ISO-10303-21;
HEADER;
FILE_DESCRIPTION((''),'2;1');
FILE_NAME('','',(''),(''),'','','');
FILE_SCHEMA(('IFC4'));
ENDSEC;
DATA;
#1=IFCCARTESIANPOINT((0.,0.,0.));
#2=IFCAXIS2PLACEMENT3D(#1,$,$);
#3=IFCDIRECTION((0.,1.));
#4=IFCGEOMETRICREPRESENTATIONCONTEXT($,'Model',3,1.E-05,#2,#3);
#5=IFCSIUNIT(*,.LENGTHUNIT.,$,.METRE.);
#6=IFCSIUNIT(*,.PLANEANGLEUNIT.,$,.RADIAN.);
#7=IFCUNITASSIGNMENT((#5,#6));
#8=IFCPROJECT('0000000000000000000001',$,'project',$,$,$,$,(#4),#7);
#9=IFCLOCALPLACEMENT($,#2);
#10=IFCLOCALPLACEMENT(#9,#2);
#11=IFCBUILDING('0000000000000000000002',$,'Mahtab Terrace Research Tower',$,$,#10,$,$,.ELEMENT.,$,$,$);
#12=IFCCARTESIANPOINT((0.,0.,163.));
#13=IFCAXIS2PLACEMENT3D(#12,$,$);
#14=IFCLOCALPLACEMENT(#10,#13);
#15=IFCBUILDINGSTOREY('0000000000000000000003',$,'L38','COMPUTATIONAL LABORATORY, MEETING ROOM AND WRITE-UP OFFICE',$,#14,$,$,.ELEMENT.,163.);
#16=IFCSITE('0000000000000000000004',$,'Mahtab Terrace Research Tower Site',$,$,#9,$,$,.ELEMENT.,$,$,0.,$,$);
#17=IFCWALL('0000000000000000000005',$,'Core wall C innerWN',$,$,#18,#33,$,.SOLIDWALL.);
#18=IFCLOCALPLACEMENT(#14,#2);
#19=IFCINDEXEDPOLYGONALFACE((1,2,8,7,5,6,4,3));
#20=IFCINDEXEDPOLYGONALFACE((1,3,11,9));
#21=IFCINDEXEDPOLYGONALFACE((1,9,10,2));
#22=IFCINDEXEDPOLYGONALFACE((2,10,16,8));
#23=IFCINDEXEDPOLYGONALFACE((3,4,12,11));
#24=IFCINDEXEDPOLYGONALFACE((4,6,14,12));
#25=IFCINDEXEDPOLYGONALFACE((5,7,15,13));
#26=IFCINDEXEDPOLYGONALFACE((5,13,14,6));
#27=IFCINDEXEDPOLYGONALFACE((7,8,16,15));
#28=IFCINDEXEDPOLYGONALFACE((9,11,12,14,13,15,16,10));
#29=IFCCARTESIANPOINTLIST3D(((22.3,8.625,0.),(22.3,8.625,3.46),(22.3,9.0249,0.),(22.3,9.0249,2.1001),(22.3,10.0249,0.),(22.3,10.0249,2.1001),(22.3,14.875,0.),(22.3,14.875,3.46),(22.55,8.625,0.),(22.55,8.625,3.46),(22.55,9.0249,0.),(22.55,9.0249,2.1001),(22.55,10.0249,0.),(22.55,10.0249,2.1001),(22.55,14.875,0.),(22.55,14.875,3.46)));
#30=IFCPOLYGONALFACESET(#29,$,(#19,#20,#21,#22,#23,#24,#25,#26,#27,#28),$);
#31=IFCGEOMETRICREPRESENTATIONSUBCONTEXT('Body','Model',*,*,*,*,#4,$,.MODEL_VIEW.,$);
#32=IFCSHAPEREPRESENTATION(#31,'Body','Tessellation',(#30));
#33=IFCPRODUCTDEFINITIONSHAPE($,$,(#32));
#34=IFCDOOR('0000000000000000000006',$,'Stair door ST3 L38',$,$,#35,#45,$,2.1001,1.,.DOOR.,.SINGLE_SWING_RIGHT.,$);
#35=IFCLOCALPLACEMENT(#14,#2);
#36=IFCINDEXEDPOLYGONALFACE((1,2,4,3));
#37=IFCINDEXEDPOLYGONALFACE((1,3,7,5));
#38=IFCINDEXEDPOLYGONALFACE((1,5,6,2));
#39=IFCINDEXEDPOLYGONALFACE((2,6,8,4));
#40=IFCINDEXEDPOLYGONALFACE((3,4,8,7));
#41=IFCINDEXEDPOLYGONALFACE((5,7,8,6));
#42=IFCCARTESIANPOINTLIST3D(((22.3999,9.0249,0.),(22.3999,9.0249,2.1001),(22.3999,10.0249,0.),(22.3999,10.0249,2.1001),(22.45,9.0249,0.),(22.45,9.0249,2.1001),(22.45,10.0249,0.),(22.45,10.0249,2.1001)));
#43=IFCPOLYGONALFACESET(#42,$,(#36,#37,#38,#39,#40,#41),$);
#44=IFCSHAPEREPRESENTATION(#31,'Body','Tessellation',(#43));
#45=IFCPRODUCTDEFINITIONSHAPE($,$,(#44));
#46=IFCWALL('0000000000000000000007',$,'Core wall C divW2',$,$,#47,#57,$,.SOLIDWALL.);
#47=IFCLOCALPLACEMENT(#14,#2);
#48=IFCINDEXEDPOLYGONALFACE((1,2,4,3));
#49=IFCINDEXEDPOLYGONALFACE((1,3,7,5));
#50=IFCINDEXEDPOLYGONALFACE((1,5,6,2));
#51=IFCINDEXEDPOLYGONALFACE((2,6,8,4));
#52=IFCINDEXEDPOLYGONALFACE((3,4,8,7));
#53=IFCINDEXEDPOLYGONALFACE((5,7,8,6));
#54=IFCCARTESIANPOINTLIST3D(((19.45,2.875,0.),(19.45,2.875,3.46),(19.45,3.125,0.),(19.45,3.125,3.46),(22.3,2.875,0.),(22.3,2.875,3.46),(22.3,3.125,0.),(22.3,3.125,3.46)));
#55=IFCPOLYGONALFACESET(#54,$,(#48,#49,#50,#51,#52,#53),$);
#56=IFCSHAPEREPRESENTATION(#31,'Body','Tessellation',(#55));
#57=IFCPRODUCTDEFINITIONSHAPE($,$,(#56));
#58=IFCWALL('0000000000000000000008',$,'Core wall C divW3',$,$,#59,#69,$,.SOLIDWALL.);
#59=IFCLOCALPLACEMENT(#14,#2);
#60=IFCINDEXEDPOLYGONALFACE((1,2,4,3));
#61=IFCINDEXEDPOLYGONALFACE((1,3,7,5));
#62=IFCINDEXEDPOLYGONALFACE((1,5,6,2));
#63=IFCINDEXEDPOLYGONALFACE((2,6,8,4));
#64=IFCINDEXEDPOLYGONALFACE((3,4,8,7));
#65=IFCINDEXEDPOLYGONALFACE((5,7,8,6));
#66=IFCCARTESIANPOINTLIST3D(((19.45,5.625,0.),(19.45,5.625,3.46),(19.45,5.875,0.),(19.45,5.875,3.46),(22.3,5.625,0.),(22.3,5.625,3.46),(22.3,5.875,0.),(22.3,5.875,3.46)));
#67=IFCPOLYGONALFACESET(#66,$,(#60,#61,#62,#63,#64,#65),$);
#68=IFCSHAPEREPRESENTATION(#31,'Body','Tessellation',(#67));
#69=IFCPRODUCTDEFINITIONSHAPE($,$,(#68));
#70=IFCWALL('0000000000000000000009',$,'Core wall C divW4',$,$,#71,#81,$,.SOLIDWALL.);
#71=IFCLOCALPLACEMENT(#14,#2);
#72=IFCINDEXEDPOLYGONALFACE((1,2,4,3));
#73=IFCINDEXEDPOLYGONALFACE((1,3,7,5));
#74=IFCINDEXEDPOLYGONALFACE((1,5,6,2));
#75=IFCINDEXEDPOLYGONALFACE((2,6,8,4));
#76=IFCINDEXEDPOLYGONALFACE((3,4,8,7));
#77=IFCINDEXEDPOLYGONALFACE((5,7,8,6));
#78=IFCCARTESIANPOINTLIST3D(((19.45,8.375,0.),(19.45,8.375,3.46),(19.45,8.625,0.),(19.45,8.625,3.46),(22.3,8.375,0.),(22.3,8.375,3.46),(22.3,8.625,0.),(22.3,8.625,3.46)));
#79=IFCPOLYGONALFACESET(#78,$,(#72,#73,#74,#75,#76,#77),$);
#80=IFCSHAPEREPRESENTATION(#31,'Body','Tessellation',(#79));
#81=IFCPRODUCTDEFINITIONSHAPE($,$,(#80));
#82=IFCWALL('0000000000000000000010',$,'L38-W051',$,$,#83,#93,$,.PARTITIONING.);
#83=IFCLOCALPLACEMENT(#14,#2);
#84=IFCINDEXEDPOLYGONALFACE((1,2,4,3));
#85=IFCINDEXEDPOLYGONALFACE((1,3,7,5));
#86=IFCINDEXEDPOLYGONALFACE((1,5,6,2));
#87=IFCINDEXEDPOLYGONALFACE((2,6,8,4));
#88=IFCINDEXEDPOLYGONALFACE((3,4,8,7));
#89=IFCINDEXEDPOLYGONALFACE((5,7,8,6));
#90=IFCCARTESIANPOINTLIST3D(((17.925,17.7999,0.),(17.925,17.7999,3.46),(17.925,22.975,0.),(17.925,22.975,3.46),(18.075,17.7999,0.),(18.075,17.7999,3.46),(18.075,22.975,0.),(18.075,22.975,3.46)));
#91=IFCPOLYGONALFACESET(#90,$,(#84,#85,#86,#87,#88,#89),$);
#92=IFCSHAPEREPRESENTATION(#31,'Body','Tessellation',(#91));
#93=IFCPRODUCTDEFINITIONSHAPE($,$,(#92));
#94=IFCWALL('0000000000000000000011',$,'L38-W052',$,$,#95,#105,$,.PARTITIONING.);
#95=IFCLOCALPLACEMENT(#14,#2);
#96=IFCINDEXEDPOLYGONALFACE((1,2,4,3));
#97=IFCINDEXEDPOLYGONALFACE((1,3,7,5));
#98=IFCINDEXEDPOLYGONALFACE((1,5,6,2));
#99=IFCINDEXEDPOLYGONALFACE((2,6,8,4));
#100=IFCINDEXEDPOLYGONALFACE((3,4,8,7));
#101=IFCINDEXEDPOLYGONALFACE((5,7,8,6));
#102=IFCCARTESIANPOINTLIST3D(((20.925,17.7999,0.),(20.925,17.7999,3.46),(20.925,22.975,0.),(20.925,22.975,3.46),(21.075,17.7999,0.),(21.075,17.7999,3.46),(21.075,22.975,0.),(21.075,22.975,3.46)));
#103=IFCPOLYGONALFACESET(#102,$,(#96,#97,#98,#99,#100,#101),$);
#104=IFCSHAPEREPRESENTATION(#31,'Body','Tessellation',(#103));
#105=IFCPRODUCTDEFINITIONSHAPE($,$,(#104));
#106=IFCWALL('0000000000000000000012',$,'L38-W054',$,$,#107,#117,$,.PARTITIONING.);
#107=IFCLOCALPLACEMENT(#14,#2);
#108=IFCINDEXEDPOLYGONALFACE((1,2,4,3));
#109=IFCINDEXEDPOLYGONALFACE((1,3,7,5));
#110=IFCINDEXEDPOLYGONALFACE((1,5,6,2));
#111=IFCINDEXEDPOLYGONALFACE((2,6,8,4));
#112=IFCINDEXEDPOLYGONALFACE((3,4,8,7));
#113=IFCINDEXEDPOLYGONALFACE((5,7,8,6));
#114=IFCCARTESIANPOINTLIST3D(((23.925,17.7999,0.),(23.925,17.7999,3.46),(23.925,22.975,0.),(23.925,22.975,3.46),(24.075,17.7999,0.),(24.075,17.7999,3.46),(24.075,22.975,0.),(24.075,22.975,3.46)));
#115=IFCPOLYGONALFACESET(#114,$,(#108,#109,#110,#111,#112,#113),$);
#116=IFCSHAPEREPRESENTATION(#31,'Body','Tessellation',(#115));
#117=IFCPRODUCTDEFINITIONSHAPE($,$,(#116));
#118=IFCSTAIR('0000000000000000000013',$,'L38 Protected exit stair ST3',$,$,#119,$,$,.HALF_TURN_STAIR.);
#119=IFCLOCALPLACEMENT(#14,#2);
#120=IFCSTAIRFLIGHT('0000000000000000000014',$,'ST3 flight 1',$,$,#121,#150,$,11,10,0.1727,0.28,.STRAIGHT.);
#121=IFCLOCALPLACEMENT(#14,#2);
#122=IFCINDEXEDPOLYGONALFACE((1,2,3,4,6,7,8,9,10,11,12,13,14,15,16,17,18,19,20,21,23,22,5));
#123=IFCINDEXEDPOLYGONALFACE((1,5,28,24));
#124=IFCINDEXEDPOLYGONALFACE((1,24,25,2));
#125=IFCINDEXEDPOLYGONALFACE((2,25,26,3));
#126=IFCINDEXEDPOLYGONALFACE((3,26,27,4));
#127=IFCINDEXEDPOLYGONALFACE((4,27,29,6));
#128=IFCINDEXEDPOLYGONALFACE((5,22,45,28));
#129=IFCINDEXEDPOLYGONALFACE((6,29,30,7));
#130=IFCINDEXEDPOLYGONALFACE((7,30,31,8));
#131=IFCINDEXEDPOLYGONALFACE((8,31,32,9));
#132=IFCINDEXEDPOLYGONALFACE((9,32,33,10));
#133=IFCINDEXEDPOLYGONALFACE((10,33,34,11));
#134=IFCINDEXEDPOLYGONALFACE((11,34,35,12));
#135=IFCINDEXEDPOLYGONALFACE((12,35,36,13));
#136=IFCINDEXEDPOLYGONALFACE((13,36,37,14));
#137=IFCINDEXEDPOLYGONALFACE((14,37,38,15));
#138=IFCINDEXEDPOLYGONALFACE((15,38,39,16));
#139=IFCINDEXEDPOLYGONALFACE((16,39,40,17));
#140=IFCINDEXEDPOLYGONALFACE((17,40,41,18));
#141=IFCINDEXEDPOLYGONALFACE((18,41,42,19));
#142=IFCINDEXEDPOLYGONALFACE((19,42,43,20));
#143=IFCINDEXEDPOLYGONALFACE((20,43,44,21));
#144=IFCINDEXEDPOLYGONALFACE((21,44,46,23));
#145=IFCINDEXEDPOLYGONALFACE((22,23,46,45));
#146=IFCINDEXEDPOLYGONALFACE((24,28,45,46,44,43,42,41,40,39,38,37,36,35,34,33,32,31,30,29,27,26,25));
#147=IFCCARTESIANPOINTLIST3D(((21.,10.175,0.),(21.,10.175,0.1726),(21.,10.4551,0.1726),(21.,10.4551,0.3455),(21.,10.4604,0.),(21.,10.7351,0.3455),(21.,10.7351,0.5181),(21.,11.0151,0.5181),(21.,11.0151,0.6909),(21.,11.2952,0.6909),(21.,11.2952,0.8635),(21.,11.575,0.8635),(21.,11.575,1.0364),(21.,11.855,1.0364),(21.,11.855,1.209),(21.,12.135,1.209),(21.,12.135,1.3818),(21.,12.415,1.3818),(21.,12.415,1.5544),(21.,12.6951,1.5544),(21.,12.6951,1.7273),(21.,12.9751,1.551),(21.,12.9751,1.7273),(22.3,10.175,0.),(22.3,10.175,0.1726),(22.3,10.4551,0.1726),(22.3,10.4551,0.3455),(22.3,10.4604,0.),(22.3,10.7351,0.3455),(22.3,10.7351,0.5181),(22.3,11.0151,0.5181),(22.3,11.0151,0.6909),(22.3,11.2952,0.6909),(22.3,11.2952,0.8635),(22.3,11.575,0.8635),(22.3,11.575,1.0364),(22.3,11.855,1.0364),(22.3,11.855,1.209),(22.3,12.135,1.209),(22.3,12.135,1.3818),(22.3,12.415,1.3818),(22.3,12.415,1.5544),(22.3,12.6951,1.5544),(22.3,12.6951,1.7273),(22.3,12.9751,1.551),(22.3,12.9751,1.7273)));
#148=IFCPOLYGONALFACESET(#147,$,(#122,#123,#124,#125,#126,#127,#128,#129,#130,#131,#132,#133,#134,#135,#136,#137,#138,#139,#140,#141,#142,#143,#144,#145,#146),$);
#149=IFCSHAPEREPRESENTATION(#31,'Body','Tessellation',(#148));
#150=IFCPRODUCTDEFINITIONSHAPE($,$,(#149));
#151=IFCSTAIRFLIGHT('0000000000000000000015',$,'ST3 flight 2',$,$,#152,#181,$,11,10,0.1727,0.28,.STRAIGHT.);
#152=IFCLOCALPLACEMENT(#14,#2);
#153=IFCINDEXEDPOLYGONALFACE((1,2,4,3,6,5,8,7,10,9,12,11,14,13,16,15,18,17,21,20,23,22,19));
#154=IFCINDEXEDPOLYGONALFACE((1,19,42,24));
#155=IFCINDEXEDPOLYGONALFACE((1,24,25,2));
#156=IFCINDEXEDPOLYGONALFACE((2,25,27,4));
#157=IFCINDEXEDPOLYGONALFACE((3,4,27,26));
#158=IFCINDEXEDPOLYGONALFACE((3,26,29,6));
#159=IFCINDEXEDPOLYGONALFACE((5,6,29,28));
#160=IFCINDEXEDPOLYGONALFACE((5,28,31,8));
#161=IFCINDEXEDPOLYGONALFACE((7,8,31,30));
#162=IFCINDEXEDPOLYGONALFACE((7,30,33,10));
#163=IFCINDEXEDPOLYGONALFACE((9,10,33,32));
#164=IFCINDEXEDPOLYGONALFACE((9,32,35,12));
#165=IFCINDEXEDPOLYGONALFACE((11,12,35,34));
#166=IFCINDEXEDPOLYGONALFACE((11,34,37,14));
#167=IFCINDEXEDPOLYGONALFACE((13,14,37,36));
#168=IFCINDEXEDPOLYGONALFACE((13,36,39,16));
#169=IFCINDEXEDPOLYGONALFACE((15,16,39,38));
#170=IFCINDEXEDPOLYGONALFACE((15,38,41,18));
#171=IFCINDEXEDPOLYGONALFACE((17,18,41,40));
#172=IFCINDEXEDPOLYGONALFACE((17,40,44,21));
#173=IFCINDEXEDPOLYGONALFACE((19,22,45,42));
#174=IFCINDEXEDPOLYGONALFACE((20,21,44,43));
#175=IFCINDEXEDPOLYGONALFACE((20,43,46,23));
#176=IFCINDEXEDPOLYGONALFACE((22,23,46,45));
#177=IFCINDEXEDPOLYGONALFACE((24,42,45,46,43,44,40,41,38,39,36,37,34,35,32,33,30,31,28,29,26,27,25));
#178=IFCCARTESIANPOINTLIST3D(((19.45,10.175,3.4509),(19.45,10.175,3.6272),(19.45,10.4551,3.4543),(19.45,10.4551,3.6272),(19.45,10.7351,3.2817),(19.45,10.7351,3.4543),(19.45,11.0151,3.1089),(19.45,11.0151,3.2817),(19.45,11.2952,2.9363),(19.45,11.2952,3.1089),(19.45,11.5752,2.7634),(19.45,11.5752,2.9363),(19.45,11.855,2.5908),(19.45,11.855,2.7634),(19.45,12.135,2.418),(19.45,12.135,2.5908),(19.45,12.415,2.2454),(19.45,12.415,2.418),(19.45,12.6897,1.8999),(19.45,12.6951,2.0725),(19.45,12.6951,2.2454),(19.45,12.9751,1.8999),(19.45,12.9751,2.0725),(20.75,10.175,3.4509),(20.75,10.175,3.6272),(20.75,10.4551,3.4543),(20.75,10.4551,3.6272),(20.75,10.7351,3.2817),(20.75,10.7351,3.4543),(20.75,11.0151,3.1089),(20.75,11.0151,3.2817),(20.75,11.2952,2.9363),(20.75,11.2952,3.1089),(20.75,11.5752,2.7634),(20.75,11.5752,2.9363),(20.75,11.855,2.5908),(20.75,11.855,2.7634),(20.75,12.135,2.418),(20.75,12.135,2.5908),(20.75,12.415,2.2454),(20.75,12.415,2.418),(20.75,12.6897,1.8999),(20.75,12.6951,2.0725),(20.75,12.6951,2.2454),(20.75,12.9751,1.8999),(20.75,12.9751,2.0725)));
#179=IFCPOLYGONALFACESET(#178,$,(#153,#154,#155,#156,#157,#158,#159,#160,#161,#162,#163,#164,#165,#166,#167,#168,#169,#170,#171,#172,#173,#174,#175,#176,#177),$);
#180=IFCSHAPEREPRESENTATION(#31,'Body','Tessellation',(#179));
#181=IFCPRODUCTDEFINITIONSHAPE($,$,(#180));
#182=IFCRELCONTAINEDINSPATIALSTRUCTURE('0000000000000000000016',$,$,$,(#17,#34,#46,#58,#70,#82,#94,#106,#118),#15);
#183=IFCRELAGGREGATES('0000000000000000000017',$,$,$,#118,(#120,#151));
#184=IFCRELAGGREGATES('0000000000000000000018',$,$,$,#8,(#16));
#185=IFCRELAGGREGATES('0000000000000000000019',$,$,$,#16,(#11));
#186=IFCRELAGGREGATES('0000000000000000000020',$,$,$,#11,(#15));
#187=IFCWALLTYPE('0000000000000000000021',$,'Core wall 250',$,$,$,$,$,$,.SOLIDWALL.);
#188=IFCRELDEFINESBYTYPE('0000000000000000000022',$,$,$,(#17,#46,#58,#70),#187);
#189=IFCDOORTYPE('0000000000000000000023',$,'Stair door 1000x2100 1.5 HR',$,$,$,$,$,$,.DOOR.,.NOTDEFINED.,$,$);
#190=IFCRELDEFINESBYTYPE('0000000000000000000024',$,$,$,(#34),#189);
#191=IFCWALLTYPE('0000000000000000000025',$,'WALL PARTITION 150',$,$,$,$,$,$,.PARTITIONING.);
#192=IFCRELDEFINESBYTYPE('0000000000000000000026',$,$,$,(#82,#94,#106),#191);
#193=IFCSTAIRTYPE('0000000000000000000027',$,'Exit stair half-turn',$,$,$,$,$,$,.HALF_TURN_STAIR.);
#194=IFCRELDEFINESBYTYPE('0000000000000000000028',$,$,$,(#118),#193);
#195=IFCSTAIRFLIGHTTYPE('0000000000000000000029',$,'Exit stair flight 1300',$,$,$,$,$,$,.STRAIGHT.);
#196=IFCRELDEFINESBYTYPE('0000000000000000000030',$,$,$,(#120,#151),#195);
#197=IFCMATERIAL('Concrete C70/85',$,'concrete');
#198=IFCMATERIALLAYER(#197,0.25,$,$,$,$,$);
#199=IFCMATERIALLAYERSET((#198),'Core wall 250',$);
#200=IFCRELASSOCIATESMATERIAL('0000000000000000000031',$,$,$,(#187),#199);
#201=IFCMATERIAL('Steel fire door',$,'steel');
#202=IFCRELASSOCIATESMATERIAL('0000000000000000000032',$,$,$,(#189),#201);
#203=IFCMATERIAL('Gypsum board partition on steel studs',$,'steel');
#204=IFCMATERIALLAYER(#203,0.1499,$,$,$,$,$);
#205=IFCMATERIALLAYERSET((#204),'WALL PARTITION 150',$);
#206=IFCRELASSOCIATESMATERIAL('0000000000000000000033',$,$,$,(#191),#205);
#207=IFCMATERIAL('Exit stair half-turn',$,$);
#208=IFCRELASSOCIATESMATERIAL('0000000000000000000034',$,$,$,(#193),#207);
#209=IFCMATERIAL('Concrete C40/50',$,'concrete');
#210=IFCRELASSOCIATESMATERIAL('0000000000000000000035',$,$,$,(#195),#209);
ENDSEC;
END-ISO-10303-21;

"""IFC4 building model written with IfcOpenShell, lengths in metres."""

from ifc_helpers import new_model, si_unit, direction, frame, frame_2d, origin, place, context, subcontext, project, spatial, polyline, rectangle, outline, extrude, material, layer, layer_set, type_object, element, fill, aggregate, save


model = new_model("IFC4")

# Units and contexts
model_context = context("Model", 3, precision=1e-05, world=origin(), true_north=direction((0.0, 1.0)))
body_context = subcontext(model_context, "Body", "Model", "MODEL_VIEW")
ifc_project = project(units=[si_unit("LENGTHUNIT", "METRE"), si_unit("PLANEANGLEUNIT", "RADIAN")], contexts=[model_context])

# Site, building, storey
site_placement = place(None, origin())
site = spatial("IfcSite", under=ifc_project, at=site_placement, Name="Mahtab Terrace Research Tower Site", CompositionType="ELEMENT", RefElevation=0.0)
building_placement = place(site_placement, origin())
building = spatial("IfcBuilding", under=site, at=building_placement, Name="Mahtab Terrace Research Tower", CompositionType="ELEMENT")
storey_placement = place(building_placement, frame((0.0, 0.0, 163.0)))
storey = spatial("IfcBuildingStorey", under=building, at=storey_placement, Name="L38", Description="COMPUTATIONAL LABORATORY, MEETING ROOM AND WRITE-UP OFFICE", CompositionType="ELEMENT", Elevation=163.0)

# Shared definitions
ifc_material_1 = material(Name="Concrete C70/85", Category="concrete")

# Shared definitions
ifc_layer_1 = layer(ifc_material_1, 0.25)
ifc_layer_set_1 = layer_set([ifc_layer_1], Name="Core wall 250")
wall_type_1 = type_object("IfcWallType", Name="Core wall 250", PredefinedType="SOLIDWALL", material=ifc_layer_set_1)

# Wall, opening, door
ifc_material_2 = material(Name="Steel fire door", Category="steel")
wall_1_placement = place(storey_placement, frame((22.425, 14.875, 0.0), z_axis=(0.0, 0.0, 1.0), x_axis=(0.0, -1.0, 0.0)))
wall_1 = element("IfcWall", 1, at=wall_1_placement, inside=storey, type_object=wall_type_1, Name="Core wall C innerWN", PredefinedType="SOLIDWALL", context=body_context, shape_type="SweptSolid", body=[
    extrude(rectangle(XDim=6.25, YDim=0.25, at=frame_2d((3.125, 0.0))), origin(), (0.0, 0.0, 1.0), 3.46),
])
opening_1_placement = place(wall_1_placement, frame((4.8501, 0.0, 0.0)))
opening_1 = element("IfcOpeningElement", 2, at=opening_1_placement, cuts=wall_1, PredefinedType="OPENING", context=body_context, shape_type="SweptSolid", body=[
    extrude(rectangle(XDim=1.0, YDim=2.1001, at=frame_2d((0.5, 1.05))), frame((0.0, 0.135, 0.0), z_axis=(0.0, -1.0, 0.0), x_axis=(1.0, 0.0, 0.0)), (0.0, 0.0, 1.0), 0.27),
])
door_type_1 = type_object("IfcDoorType", Name="Stair door 1000x2100 1.5 HR", OperationType="NOTDEFINED", PredefinedType="DOOR", material=ifc_material_2)
door_1_placement = place(opening_1_placement, origin())
door_1 = element("IfcDoor", 3, at=door_1_placement, inside=storey, type_object=door_type_1, Name="Stair door ST3 L38", OperationType="SINGLE_SWING_RIGHT", OverallHeight=2.1001, OverallWidth=1.0, PredefinedType="DOOR", context=body_context, shape_type="SweptSolid", body=[
    extrude(rectangle(XDim=1.0, YDim=2.1001, at=frame_2d((0.5, 1.05))), frame((0.0, 0.0249, 0.0), z_axis=(0.0, -1.0, 0.0), x_axis=(1.0, 0.0, 0.0)), (0.0, 0.0, 1.0), 0.05),
])
fill(opening_1, door_1)

# Walls
for number, where, z_axis, x_axis, name in (
    (4, (19.45, 3.0, 0.0), (0.0, 0.0, 1.0), (1.0, 0.0, 0.0), "Core wall C divW2"),
    (5, (19.45, 5.75, 0.0), (0.0, 0.0, 1.0), (1.0, 0.0, 0.0), "Core wall C divW3"),
    (6, (19.45, 8.5, 0.0), (0.0, 0.0, 1.0), (1.0, 0.0, 0.0), "Core wall C divW4"),
):
    element("IfcWall", number, at=place(storey_placement, frame(where, z_axis=z_axis, x_axis=x_axis)), inside=storey, type_object=wall_type_1, Name=name, PredefinedType="SOLIDWALL", context=body_context, shape_type="SweptSolid", body=[
        extrude(rectangle(XDim=2.8501, YDim=0.25, at=frame_2d((1.425, 0.0))), origin(), (0.0, 0.0, 1.0), 3.46),
    ])
ifc_material_3 = material(Name="Gypsum board partition on steel studs", Category="steel")
ifc_layer_2 = layer(ifc_material_3, 0.1499)
ifc_layer_set_2 = layer_set([ifc_layer_2], Name="WALL PARTITION 150")
wall_type_2 = type_object("IfcWallType", Name="WALL PARTITION 150", PredefinedType="PARTITIONING", material=ifc_layer_set_2)
for number, where, z_axis, x_axis, name in (
    (7, (18.0, 17.8, 0.0), (0.0, 0.0, 1.0), (0.0, 1.0, 0.0), "L38-W051"),
    (8, (21.0, 17.8, 0.0), (0.0, 0.0, 1.0), (0.0, 1.0, 0.0), "L38-W052"),
    (9, (24.0, 17.8, 0.0), (0.0, 0.0, 1.0), (0.0, 1.0, 0.0), "L38-W054"),
):
    element("IfcWall", number, at=place(storey_placement, frame(where, z_axis=z_axis, x_axis=x_axis)), inside=storey, type_object=wall_type_2, Name=name, PredefinedType="PARTITIONING", context=body_context, shape_type="SweptSolid", body=[
        extrude(rectangle(XDim=5.175, YDim=0.1499, at=frame_2d((2.5874, 0.0))), origin(), (0.0, 0.0, 1.0), 3.46),
    ])

# Stair, stair flights
ifc_material_4 = material(Name="Exit stair half-turn")
stair_type = type_object("IfcStairType", Name="Exit stair half-turn", PredefinedType="HALF_TURN_STAIR", material=ifc_material_4)
stair_placement = place(storey_placement, origin())
stair = element("IfcStair", 10, at=stair_placement, inside=storey, type_object=stair_type, Name="L38 Protected exit stair ST3", PredefinedType="HALF_TURN_STAIR")
ifc_material_5 = material(Name="Concrete C40/50", Category="concrete")
stair_flight_type = type_object("IfcStairFlightType", Name="Exit stair flight 1300", PredefinedType="STRAIGHT", material=ifc_material_5)
stair_flight_1_placement = place(storey_placement, frame((21.6499, 10.175, 0.0), z_axis=(0.0, 0.0, 1.0), x_axis=(0.0, 1.0, 0.0)))
stair_flight_1 = element("IfcStairFlight", 11, at=stair_flight_1_placement, type_object=stair_flight_type, Name="ST3 flight 1", NumberOfRisers=11, NumberOfTreads=10, PredefinedType="STRAIGHT", RiserHeight=0.1727, TreadLength=0.28, context=body_context, shape_type="SweptSolid", body=[
    extrude(outline(polyline([(0.0, 0.0), (0.0, 0.1726), (0.28, 0.1726), (0.28, 0.3455), (0.5601, 0.3455), (0.5601, 0.5181), (0.8401, 0.5181), (0.8401, 0.6909), (1.1201, 0.6909), (1.1201, 0.8635), (1.3999, 0.8635), (1.3999, 1.0364), (1.6799, 1.0364), (1.6799, 1.209), (1.96, 1.209), (1.96, 1.3818), (2.24, 1.3818), (2.24, 1.5544), (2.52, 1.5544), (2.52, 1.7273), (2.8, 1.7273), (2.8, 1.8999), (2.8, 1.551), (0.2854, 0.0), (0.0, 0.0)])), frame((0.0, 0.6499, 0.0), z_axis=(0.0, -1.0, 0.0), x_axis=(1.0, 0.0, 0.0)), (0.0, 0.0, 1.0), 1.3),
])
stair_flight_2_placement = place(storey_placement, frame((20.1001, 12.9751, 1.8999), z_axis=(0.0, 0.0, 1.0), x_axis=(0.0, -1.0, 0.0)))
stair_flight_2 = element("IfcStairFlight", 12, at=stair_flight_2_placement, type_object=stair_flight_type, Name="ST3 flight 2", NumberOfRisers=11, NumberOfTreads=10, PredefinedType="STRAIGHT", RiserHeight=0.1727, TreadLength=0.28, context=body_context, shape_type="SweptSolid", body=[
    extrude(outline(polyline([(0.0, 0.0), (0.0, 0.1726), (0.28, 0.1726), (0.28, 0.3455), (0.5601, 0.3455), (0.5601, 0.5181), (0.8401, 0.5181), (0.8401, 0.6909), (1.1201, 0.6909), (1.1201, 0.8635), (1.3999, 0.8635), (1.3999, 1.0364), (1.6799, 1.0364), (1.6799, 1.209), (1.96, 1.209), (1.96, 1.3818), (2.24, 1.3818), (2.24, 1.5544), (2.52, 1.5544), (2.52, 1.7273), (2.8, 1.7273), (2.8, 1.8999), (2.8, 1.551), (0.2854, 0.0), (0.0, 0.0)])), frame((0.0, 0.6499, 0.0), z_axis=(0.0, -1.0, 0.0), x_axis=(1.0, 0.0, 0.0)), (0.0, 0.0, 1.0), 1.3),
])
aggregate(stair, [stair_flight_1, stair_flight_2])

save(model, "model.ifc")
